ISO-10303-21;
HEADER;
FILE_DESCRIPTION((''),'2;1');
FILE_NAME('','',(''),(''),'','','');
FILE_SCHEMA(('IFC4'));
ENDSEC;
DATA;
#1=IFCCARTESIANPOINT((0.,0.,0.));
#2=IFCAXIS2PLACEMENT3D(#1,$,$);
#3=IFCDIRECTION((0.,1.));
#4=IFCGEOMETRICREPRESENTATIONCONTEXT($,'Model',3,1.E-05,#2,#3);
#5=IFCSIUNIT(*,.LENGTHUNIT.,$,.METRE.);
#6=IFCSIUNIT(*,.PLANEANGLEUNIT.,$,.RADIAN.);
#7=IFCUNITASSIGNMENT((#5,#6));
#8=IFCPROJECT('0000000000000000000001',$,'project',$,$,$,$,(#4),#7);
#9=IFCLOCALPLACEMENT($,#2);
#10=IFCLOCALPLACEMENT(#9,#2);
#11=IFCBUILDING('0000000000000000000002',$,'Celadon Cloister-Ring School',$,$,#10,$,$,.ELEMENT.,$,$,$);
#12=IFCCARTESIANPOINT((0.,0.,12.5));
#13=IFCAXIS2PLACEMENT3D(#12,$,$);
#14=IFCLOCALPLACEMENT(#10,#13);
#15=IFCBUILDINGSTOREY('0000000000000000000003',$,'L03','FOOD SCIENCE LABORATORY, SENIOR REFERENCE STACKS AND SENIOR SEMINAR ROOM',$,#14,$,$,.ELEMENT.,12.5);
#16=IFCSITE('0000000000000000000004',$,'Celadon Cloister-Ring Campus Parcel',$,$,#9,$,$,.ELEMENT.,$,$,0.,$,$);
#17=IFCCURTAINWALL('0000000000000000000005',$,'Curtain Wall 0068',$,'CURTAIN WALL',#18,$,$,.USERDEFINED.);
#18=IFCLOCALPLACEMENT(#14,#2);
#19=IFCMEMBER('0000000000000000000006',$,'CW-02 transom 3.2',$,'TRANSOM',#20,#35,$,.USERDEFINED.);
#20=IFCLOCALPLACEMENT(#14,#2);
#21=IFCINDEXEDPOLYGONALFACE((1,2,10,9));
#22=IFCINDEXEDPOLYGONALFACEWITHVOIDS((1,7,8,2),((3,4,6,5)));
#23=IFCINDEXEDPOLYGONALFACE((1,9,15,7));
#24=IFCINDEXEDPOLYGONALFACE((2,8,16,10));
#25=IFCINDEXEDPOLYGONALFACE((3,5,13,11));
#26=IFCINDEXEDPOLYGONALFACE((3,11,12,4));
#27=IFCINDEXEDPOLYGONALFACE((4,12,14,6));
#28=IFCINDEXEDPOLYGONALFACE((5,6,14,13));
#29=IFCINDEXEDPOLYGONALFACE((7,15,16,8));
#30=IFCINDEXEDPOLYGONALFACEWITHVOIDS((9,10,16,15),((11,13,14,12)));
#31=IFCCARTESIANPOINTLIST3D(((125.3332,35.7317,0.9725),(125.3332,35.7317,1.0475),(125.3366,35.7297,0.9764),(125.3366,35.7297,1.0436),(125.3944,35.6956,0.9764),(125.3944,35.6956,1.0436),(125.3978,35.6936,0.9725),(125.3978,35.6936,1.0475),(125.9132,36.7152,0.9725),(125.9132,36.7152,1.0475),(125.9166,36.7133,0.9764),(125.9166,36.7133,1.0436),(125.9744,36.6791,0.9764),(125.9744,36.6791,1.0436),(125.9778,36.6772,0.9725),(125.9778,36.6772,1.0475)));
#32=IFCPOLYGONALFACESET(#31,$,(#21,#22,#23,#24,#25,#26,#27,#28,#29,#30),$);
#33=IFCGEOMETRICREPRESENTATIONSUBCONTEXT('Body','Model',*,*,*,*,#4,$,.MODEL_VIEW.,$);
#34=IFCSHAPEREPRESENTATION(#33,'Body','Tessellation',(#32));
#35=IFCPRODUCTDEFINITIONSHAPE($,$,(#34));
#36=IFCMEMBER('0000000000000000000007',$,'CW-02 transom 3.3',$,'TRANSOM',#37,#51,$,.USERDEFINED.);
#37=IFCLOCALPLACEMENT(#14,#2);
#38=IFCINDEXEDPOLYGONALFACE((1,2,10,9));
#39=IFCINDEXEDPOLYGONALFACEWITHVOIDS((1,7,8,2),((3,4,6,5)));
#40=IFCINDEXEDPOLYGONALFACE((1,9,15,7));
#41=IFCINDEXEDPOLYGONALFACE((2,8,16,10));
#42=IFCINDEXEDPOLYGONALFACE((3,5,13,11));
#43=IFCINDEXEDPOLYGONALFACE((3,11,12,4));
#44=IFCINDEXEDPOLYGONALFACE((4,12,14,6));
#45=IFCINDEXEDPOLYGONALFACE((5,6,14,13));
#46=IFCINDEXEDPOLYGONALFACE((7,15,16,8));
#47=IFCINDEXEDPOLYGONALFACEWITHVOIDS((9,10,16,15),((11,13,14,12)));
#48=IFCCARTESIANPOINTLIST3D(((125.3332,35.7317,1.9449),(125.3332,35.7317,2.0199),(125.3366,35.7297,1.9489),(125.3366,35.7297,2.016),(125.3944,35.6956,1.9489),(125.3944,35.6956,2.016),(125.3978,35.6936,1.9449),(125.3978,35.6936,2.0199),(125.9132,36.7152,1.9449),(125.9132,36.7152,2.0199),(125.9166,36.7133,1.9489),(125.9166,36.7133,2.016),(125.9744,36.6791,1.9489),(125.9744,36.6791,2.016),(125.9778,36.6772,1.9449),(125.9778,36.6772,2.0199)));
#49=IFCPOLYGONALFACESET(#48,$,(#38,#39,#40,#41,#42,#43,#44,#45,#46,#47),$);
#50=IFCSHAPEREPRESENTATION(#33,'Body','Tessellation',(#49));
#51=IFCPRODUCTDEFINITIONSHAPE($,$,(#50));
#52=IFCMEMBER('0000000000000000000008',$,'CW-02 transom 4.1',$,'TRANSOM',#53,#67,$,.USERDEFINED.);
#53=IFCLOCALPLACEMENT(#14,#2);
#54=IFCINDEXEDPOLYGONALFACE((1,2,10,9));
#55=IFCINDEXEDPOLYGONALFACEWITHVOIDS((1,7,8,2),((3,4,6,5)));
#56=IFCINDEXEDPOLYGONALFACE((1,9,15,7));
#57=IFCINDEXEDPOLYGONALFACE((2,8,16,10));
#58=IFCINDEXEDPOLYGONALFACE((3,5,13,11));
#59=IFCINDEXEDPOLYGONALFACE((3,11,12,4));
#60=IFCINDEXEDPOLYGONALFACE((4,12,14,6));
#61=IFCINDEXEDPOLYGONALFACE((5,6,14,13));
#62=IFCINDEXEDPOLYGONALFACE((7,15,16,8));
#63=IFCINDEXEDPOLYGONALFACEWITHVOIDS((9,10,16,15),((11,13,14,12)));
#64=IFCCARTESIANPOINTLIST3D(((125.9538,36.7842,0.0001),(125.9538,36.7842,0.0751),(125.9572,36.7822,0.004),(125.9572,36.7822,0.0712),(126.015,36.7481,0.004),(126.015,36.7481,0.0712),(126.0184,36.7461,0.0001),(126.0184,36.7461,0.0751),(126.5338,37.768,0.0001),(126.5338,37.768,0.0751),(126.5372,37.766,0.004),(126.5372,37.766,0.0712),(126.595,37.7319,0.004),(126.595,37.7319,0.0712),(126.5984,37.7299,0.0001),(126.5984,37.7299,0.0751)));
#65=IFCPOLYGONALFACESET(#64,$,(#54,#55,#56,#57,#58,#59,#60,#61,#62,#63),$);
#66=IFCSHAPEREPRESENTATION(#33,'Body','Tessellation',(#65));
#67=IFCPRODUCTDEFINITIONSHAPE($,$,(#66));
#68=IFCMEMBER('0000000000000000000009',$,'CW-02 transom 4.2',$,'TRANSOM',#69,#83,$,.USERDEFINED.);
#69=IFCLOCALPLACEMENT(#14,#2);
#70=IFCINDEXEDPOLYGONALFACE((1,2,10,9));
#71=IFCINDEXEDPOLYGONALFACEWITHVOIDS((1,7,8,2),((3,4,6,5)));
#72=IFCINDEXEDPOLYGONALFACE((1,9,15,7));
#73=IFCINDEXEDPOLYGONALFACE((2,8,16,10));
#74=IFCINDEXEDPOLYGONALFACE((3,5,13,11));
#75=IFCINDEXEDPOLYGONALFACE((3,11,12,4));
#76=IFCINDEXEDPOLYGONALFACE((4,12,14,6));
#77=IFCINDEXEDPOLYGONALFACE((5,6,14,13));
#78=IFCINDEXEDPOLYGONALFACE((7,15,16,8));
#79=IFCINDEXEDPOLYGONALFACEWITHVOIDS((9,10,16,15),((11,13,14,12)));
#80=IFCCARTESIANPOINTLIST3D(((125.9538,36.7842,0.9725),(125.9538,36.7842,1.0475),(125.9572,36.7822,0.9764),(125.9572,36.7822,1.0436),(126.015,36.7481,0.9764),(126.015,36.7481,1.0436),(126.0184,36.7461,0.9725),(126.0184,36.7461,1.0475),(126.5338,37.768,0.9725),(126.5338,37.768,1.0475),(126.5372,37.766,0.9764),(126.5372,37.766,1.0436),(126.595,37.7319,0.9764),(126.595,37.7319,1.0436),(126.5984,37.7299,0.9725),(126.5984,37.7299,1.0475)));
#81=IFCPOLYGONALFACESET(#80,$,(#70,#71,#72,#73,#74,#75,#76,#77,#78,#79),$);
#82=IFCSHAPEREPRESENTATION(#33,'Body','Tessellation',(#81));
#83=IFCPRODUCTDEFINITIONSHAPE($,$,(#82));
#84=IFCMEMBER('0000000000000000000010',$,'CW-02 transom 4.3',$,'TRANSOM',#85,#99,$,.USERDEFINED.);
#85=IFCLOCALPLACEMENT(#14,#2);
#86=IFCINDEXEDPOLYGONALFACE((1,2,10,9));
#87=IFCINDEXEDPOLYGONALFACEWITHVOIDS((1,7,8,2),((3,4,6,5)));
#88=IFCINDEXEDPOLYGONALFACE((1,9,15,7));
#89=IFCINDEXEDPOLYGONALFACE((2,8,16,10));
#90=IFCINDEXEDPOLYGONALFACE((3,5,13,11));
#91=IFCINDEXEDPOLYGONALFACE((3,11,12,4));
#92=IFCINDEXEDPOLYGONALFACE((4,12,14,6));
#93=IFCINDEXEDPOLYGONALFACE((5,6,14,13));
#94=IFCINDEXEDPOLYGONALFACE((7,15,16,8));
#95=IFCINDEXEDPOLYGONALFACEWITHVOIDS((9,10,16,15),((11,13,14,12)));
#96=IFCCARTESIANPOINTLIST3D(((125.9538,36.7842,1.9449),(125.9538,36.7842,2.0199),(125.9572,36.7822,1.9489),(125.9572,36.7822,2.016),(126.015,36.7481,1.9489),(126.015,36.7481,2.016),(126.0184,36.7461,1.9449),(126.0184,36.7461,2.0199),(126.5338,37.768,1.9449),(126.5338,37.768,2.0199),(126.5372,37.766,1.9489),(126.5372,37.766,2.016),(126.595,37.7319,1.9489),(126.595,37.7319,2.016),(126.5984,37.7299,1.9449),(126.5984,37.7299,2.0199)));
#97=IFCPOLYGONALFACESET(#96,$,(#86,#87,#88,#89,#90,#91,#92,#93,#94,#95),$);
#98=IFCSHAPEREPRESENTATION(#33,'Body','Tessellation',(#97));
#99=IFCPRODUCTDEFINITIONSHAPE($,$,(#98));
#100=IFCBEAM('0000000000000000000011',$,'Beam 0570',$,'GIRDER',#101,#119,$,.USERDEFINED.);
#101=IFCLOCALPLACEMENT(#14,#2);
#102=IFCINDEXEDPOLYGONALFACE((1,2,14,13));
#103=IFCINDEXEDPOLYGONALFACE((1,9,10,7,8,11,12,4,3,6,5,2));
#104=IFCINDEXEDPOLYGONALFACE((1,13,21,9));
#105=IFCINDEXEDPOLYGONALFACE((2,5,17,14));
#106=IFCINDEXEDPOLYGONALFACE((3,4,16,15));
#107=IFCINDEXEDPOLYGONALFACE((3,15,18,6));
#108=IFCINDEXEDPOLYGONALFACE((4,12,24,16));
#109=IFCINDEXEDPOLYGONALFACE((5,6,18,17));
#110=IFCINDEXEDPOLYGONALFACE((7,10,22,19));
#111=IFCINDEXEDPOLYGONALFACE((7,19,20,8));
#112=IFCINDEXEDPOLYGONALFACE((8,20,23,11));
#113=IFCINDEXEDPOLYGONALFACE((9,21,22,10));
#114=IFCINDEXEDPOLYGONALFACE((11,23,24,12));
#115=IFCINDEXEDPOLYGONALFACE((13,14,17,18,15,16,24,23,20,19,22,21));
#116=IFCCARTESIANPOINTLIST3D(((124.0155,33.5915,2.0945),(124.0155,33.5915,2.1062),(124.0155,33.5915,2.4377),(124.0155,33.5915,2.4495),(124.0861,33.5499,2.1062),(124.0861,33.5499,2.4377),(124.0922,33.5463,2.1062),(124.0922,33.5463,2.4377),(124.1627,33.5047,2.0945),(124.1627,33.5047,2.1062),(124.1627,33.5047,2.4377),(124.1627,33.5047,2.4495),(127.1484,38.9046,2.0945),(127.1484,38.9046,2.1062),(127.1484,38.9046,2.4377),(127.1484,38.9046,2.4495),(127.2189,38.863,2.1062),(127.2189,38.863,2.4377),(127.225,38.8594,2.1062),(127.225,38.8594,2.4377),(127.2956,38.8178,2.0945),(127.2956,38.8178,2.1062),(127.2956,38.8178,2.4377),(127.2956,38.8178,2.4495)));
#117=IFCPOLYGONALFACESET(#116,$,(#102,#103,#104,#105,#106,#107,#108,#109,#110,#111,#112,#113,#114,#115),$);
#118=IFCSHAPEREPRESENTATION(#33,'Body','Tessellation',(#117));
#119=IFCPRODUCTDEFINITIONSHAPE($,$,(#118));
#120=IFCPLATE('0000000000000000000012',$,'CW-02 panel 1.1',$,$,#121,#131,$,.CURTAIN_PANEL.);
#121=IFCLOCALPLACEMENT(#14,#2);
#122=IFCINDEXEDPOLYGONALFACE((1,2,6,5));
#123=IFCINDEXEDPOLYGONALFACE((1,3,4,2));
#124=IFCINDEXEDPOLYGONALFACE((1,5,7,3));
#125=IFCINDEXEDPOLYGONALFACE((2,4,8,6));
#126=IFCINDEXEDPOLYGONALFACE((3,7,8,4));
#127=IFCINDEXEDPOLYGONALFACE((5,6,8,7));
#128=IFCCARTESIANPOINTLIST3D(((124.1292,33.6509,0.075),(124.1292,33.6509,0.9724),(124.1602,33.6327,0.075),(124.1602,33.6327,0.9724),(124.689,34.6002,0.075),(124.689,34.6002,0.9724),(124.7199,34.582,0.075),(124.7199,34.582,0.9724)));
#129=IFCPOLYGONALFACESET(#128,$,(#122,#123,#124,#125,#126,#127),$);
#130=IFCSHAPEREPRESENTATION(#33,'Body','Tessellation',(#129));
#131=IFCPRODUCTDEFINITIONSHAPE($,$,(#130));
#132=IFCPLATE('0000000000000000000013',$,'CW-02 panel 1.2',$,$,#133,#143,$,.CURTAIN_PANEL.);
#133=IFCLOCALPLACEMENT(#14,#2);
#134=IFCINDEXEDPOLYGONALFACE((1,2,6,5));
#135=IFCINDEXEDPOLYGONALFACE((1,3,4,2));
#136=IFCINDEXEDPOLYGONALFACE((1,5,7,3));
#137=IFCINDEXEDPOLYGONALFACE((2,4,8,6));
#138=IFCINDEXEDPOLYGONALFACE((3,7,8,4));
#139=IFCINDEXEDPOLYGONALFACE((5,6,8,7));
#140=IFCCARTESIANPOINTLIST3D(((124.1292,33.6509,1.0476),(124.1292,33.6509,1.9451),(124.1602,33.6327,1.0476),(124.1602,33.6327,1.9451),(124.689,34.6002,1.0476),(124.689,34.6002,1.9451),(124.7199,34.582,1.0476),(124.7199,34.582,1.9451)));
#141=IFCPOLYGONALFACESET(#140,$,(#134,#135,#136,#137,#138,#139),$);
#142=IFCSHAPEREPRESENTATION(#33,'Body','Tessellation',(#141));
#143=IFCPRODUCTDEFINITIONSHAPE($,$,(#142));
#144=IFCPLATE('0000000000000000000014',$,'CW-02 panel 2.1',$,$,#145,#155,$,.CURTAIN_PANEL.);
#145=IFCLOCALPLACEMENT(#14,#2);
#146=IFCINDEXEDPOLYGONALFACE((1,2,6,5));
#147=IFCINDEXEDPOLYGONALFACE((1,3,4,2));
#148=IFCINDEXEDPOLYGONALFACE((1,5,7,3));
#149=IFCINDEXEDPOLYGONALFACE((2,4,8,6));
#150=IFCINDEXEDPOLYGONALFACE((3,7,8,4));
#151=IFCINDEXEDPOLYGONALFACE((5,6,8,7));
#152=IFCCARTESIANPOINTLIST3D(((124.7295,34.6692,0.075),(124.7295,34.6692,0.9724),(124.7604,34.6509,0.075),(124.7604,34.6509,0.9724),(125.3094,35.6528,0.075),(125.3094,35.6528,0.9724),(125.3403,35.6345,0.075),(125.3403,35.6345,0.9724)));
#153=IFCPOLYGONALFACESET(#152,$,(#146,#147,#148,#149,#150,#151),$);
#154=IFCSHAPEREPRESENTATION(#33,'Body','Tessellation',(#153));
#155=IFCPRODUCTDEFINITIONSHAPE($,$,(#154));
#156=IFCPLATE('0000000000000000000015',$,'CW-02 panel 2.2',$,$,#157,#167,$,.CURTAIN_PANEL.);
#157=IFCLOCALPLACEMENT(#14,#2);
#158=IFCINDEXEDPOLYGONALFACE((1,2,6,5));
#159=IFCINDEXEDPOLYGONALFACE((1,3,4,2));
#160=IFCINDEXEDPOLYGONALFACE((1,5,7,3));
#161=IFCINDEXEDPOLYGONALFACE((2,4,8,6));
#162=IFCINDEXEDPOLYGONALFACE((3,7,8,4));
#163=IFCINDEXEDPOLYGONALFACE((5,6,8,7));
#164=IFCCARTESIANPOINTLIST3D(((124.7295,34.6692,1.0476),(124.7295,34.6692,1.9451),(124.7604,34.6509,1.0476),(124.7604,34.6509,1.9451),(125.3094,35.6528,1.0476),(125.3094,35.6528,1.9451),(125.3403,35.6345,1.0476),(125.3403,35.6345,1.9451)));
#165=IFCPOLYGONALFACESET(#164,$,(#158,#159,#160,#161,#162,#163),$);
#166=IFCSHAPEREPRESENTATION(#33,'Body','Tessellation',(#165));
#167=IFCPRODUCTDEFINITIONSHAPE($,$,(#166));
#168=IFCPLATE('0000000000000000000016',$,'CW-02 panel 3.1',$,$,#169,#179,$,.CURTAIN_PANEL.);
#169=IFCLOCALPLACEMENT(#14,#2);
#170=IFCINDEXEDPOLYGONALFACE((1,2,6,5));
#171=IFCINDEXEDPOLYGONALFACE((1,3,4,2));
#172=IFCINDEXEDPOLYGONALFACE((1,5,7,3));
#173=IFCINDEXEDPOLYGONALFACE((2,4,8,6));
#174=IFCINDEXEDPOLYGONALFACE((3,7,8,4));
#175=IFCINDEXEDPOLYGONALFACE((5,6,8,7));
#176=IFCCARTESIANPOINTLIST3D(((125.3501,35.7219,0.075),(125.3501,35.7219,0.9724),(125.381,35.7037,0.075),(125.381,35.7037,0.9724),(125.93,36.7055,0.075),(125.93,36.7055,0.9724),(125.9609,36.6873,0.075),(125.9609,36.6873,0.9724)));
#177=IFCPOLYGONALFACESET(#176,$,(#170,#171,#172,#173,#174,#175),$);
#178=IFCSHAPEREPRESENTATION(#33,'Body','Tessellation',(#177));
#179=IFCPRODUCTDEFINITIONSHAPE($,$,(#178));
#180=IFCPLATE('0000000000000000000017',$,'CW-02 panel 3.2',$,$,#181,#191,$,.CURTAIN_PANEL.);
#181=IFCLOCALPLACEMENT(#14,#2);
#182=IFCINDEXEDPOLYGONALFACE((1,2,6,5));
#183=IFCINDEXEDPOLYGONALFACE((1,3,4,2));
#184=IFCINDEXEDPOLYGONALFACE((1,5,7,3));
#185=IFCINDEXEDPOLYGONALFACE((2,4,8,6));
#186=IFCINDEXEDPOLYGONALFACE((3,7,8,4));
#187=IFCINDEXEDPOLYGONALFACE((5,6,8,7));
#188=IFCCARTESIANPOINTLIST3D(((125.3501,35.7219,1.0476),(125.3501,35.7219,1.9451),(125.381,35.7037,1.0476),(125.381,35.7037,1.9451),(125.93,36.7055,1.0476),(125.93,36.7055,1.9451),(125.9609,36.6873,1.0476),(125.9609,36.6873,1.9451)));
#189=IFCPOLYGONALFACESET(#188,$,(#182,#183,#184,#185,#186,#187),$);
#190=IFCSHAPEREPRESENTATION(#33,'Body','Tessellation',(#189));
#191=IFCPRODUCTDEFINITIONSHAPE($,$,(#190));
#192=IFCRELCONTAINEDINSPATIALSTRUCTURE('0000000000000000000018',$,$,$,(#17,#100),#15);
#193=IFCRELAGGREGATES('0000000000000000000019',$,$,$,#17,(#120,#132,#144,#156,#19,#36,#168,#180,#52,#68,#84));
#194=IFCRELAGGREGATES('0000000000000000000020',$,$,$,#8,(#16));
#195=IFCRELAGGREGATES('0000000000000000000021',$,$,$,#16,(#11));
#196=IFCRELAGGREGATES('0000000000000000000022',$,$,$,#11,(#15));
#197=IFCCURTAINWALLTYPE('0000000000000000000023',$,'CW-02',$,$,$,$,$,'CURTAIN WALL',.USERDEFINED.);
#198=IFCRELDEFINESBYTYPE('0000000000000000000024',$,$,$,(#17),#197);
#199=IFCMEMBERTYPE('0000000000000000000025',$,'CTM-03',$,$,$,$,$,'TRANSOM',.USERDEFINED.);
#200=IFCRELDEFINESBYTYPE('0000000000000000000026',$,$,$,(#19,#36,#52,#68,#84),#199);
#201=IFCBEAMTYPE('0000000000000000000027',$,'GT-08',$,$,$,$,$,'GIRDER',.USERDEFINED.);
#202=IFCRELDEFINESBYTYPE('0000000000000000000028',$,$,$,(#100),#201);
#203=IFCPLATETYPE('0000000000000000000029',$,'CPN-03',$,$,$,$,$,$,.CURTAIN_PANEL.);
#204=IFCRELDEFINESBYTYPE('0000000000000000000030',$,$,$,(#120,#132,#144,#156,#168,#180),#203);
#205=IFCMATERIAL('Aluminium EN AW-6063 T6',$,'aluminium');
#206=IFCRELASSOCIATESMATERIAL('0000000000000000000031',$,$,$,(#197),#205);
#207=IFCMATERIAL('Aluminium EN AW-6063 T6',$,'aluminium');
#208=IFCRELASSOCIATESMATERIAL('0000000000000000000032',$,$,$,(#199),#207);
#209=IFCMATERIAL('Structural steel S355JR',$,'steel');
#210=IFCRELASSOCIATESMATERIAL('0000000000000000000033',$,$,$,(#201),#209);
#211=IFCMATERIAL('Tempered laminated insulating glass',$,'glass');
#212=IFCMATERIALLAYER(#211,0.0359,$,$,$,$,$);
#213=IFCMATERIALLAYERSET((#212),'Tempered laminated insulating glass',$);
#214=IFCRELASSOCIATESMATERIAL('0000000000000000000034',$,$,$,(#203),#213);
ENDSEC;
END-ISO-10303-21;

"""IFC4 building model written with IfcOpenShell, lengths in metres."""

from ifc_helpers import new_model, si_unit, direction, frame, origin, origin_2d, place, context, subcontext, project, spatial, rectangle, hollow_rectangle, i_section, extrude, material, layer, layer_set, material_profile, profile_set, type_object, element, aggregate, save


model = new_model("IFC4")

# Units and contexts
model_context = context("Model", 3, precision=1e-05, world=origin(), true_north=direction((0.0, 1.0)))
body_context = subcontext(model_context, "Body", "Model", "MODEL_VIEW")
ifc_project = project(units=[si_unit("LENGTHUNIT", "METRE"), si_unit("PLANEANGLEUNIT", "RADIAN")], contexts=[model_context])

# Site, building, storey
site_placement = place(None, origin())
site = spatial("IfcSite", under=ifc_project, at=site_placement, Name="Celadon Cloister-Ring Campus Parcel", CompositionType="ELEMENT", RefElevation=0.0)
building_placement = place(site_placement, origin())
building = spatial("IfcBuilding", under=site, at=building_placement, Name="Celadon Cloister-Ring School", CompositionType="ELEMENT")
storey_placement = place(building_placement, frame((0.0, 0.0, 12.5)))
storey = spatial("IfcBuildingStorey", under=building, at=storey_placement, Name="L03", Description="FOOD SCIENCE LABORATORY, SENIOR REFERENCE STACKS AND SENIOR SEMINAR ROOM", CompositionType="ELEMENT", Elevation=12.5)

# Curtain wall, members
ifc_material_1 = material(Name="Aluminium EN AW-6063 T6", Category="aluminium")
curtain_wall_type = type_object("IfcCurtainWallType", Name="CW-02", ElementType="CURTAIN WALL", PredefinedType="USERDEFINED", material=ifc_material_1)
curtain_wall_placement = place(storey_placement, origin())
curtain_wall = element("IfcCurtainWall", 1, at=curtain_wall_placement, inside=storey, type_object=curtain_wall_type, Name="Curtain Wall 0068", ObjectType="CURTAIN WALL", PredefinedType="USERDEFINED")
ifc_material_2 = material(Name="Aluminium EN AW-6063 T6", Category="aluminium")
ifc_material_profile_1 = material_profile(ifc_material_2, hollow_rectangle(XDim=0.075, YDim=0.075, WallThickness=0.0039, at=origin_2d()), Name="RHS75X75X4")
ifc_profile_set_1 = profile_set([ifc_material_profile_1], Name="Aluminium EN AW-6063 T6")
member_type_1 = type_object("IfcMemberType", Name="CTM-03", ElementType="TRANSOM", PredefinedType="USERDEFINED", material=ifc_profile_set_1)
member_1_placement = place(storey_placement, frame((125.3655, 35.7126, 1.01), z_axis=(0.507973, 0.861373, 0.0), x_axis=(-0.861373, 0.507973, 0.0)))
member_1 = element("IfcMember", 2, at=member_1_placement, type_object=member_type_1, Name="CW-02 transom 3.2", ObjectType="TRANSOM", PredefinedType="USERDEFINED", context=body_context, shape_type="SweptSolid", body=[
    extrude(hollow_rectangle(XDim=0.075, YDim=0.075, WallThickness=0.0039, at=origin_2d()), origin(), (0.0, 0.0, 1.0), 1.1418),
])
member_2_placement = place(storey_placement, frame((125.3655, 35.7126, 1.9824), z_axis=(0.507973, 0.861373, 0.0), x_axis=(-0.861373, 0.507973, 0.0)))
member_2 = element("IfcMember", 3, at=member_2_placement, type_object=member_type_1, Name="CW-02 transom 3.3", ObjectType="TRANSOM", PredefinedType="USERDEFINED", context=body_context, shape_type="SweptSolid", body=[
    extrude(hollow_rectangle(XDim=0.075, YDim=0.075, WallThickness=0.0039, at=origin_2d()), origin(), (0.0, 0.0, 1.0), 1.1418),
])
member_3_placement = place(storey_placement, frame((125.9861, 36.7651, 0.0376), z_axis=(0.507879, 0.861428, 0.0), x_axis=(-0.861428, 0.507879, 0.0)))
member_3 = element("IfcMember", 4, at=member_3_placement, type_object=member_type_1, Name="CW-02 transom 4.1", ObjectType="TRANSOM", PredefinedType="USERDEFINED", context=body_context, shape_type="SweptSolid", body=[
    extrude(hollow_rectangle(XDim=0.075, YDim=0.075, WallThickness=0.0039, at=origin_2d()), origin(), (0.0, 0.0, 1.0), 1.1421),
])
member_4_placement = place(storey_placement, frame((125.9861, 36.7651, 1.01), z_axis=(0.507879, 0.861428, 0.0), x_axis=(-0.861428, 0.507879, 0.0)))
member_4 = element("IfcMember", 5, at=member_4_placement, type_object=member_type_1, Name="CW-02 transom 4.2", ObjectType="TRANSOM", PredefinedType="USERDEFINED", context=body_context, shape_type="SweptSolid", body=[
    extrude(hollow_rectangle(XDim=0.075, YDim=0.075, WallThickness=0.0039, at=origin_2d()), origin(), (0.0, 0.0, 1.0), 1.1421),
])
member_5_placement = place(storey_placement, frame((125.9861, 36.7651, 1.9824), z_axis=(0.507879, 0.861428, 0.0), x_axis=(-0.861428, 0.507879, 0.0)))
member_5 = element("IfcMember", 6, at=member_5_placement, type_object=member_type_1, Name="CW-02 transom 4.3", ObjectType="TRANSOM", PredefinedType="USERDEFINED", context=body_context, shape_type="SweptSolid", body=[
    extrude(hollow_rectangle(XDim=0.075, YDim=0.075, WallThickness=0.0039, at=origin_2d()), origin(), (0.0, 0.0, 1.0), 1.1421),
])

# Beam
ifc_material_3 = material(Name="Structural steel S355JR", Category="steel")
ifc_material_profile_2 = material_profile(ifc_material_3, i_section(OverallWidth=0.1709, OverallDepth=0.355, WebThickness=0.0071, FlangeThickness=0.0117, at=origin_2d()), Name="W360X51")
ifc_profile_set_2 = profile_set([ifc_material_profile_2], Name="Structural steel S355JR")
beam_type = type_object("IfcBeamType", Name="GT-08", ElementType="GIRDER", PredefinedType="USERDEFINED", material=ifc_profile_set_2)
beam_placement = place(storey_placement, frame((124.0891, 33.5481, 2.272), z_axis=(0.507926, 0.861401, 0.0), x_axis=(-0.861401, 0.507926, 0.0)))
element("IfcBeam", 7, at=beam_placement, inside=storey, type_object=beam_type, Name="Beam 0570", ObjectType="GIRDER", PredefinedType="USERDEFINED", context=body_context, shape_type="SweptSolid", body=[
    extrude(i_section(OverallWidth=0.1709, OverallDepth=0.355, WebThickness=0.0071, FlangeThickness=0.0117, at=origin_2d()), origin(), (0.0, 0.0, 1.0), 6.168),
])

# Plates
ifc_material_4 = material(Name="Tempered laminated insulating glass", Category="glass")
ifc_layer = layer(ifc_material_4, 0.0359)
ifc_layer_set = layer_set([ifc_layer], Name="Tempered laminated insulating glass")
plate_type = type_object("IfcPlateType", Name="CPN-03", PredefinedType="CURTAIN_PANEL", material=ifc_layer_set)
plate_1_placement = place(storey_placement, frame((124.4246, 34.1165, 0.075), z_axis=(0.0, 0.0, 1.0), x_axis=(0.507885, 0.861425, 0.0)))
plate_1 = element("IfcPlate", 8, at=plate_1_placement, type_object=plate_type, Name="CW-02 panel 1.1", PredefinedType="CURTAIN_PANEL", context=body_context, shape_type="SweptSolid", body=[
    extrude(rectangle(XDim=1.1021, YDim=0.0359, at=origin_2d()), origin(), (0.0, 0.0, 1.0), 0.8975),
])
plate_2_placement = place(storey_placement, frame((124.4246, 34.1165, 1.0476), z_axis=(0.0, 0.0, 1.0), x_axis=(0.507885, 0.861425, 0.0)))
plate_2 = element("IfcPlate", 9, at=plate_2_placement, type_object=plate_type, Name="CW-02 panel 1.2", PredefinedType="CURTAIN_PANEL", context=body_context, shape_type="SweptSolid", body=[
    extrude(rectangle(XDim=1.1021, YDim=0.0359, at=origin_2d()), origin(), (0.0, 0.0, 1.0), 0.8975),
])
plate_3_placement = place(storey_placement, frame((125.0349, 35.1519, 0.075), z_axis=(0.0, 0.0, 1.0), x_axis=(0.507885, 0.861425, 0.0)))
plate_3 = element("IfcPlate", 10, at=plate_3_placement, type_object=plate_type, Name="CW-02 panel 2.1", PredefinedType="CURTAIN_PANEL", context=body_context, shape_type="SweptSolid", body=[
    extrude(rectangle(XDim=1.1418, YDim=0.0359, at=origin_2d()), origin(), (0.0, 0.0, 1.0), 0.8975),
])
plate_4_placement = place(storey_placement, frame((125.0349, 35.1519, 1.0476), z_axis=(0.0, 0.0, 1.0), x_axis=(0.507885, 0.861425, 0.0)))
plate_4 = element("IfcPlate", 11, at=plate_4_placement, type_object=plate_type, Name="CW-02 panel 2.2", PredefinedType="CURTAIN_PANEL", context=body_context, shape_type="SweptSolid", body=[
    extrude(rectangle(XDim=1.1418, YDim=0.0359, at=origin_2d()), origin(), (0.0, 0.0, 1.0), 0.8975),
])
plate_5_placement = place(storey_placement, frame((125.6555, 36.2046, 0.075), z_axis=(0.0, 0.0, 1.0), x_axis=(0.507885, 0.861425, 0.0)))
plate_5 = element("IfcPlate", 12, at=plate_5_placement, type_object=plate_type, Name="CW-02 panel 3.1", PredefinedType="CURTAIN_PANEL", context=body_context, shape_type="SweptSolid", body=[
    extrude(rectangle(XDim=1.1418, YDim=0.0359, at=origin_2d()), origin(), (0.0, 0.0, 1.0), 0.8975),
])
plate_6_placement = place(storey_placement, frame((125.6555, 36.2046, 1.0476), z_axis=(0.0, 0.0, 1.0), x_axis=(0.507885, 0.861425, 0.0)))
plate_6 = element("IfcPlate", 13, at=plate_6_placement, type_object=plate_type, Name="CW-02 panel 3.2", PredefinedType="CURTAIN_PANEL", context=body_context, shape_type="SweptSolid", body=[
    extrude(rectangle(XDim=1.1418, YDim=0.0359, at=origin_2d()), origin(), (0.0, 0.0, 1.0), 0.8975),
])
aggregate(curtain_wall, [plate_1, plate_2, plate_3, plate_4, member_1, member_2, plate_5, plate_6, member_3, member_4, member_5])

save(model, "model.ifc")
